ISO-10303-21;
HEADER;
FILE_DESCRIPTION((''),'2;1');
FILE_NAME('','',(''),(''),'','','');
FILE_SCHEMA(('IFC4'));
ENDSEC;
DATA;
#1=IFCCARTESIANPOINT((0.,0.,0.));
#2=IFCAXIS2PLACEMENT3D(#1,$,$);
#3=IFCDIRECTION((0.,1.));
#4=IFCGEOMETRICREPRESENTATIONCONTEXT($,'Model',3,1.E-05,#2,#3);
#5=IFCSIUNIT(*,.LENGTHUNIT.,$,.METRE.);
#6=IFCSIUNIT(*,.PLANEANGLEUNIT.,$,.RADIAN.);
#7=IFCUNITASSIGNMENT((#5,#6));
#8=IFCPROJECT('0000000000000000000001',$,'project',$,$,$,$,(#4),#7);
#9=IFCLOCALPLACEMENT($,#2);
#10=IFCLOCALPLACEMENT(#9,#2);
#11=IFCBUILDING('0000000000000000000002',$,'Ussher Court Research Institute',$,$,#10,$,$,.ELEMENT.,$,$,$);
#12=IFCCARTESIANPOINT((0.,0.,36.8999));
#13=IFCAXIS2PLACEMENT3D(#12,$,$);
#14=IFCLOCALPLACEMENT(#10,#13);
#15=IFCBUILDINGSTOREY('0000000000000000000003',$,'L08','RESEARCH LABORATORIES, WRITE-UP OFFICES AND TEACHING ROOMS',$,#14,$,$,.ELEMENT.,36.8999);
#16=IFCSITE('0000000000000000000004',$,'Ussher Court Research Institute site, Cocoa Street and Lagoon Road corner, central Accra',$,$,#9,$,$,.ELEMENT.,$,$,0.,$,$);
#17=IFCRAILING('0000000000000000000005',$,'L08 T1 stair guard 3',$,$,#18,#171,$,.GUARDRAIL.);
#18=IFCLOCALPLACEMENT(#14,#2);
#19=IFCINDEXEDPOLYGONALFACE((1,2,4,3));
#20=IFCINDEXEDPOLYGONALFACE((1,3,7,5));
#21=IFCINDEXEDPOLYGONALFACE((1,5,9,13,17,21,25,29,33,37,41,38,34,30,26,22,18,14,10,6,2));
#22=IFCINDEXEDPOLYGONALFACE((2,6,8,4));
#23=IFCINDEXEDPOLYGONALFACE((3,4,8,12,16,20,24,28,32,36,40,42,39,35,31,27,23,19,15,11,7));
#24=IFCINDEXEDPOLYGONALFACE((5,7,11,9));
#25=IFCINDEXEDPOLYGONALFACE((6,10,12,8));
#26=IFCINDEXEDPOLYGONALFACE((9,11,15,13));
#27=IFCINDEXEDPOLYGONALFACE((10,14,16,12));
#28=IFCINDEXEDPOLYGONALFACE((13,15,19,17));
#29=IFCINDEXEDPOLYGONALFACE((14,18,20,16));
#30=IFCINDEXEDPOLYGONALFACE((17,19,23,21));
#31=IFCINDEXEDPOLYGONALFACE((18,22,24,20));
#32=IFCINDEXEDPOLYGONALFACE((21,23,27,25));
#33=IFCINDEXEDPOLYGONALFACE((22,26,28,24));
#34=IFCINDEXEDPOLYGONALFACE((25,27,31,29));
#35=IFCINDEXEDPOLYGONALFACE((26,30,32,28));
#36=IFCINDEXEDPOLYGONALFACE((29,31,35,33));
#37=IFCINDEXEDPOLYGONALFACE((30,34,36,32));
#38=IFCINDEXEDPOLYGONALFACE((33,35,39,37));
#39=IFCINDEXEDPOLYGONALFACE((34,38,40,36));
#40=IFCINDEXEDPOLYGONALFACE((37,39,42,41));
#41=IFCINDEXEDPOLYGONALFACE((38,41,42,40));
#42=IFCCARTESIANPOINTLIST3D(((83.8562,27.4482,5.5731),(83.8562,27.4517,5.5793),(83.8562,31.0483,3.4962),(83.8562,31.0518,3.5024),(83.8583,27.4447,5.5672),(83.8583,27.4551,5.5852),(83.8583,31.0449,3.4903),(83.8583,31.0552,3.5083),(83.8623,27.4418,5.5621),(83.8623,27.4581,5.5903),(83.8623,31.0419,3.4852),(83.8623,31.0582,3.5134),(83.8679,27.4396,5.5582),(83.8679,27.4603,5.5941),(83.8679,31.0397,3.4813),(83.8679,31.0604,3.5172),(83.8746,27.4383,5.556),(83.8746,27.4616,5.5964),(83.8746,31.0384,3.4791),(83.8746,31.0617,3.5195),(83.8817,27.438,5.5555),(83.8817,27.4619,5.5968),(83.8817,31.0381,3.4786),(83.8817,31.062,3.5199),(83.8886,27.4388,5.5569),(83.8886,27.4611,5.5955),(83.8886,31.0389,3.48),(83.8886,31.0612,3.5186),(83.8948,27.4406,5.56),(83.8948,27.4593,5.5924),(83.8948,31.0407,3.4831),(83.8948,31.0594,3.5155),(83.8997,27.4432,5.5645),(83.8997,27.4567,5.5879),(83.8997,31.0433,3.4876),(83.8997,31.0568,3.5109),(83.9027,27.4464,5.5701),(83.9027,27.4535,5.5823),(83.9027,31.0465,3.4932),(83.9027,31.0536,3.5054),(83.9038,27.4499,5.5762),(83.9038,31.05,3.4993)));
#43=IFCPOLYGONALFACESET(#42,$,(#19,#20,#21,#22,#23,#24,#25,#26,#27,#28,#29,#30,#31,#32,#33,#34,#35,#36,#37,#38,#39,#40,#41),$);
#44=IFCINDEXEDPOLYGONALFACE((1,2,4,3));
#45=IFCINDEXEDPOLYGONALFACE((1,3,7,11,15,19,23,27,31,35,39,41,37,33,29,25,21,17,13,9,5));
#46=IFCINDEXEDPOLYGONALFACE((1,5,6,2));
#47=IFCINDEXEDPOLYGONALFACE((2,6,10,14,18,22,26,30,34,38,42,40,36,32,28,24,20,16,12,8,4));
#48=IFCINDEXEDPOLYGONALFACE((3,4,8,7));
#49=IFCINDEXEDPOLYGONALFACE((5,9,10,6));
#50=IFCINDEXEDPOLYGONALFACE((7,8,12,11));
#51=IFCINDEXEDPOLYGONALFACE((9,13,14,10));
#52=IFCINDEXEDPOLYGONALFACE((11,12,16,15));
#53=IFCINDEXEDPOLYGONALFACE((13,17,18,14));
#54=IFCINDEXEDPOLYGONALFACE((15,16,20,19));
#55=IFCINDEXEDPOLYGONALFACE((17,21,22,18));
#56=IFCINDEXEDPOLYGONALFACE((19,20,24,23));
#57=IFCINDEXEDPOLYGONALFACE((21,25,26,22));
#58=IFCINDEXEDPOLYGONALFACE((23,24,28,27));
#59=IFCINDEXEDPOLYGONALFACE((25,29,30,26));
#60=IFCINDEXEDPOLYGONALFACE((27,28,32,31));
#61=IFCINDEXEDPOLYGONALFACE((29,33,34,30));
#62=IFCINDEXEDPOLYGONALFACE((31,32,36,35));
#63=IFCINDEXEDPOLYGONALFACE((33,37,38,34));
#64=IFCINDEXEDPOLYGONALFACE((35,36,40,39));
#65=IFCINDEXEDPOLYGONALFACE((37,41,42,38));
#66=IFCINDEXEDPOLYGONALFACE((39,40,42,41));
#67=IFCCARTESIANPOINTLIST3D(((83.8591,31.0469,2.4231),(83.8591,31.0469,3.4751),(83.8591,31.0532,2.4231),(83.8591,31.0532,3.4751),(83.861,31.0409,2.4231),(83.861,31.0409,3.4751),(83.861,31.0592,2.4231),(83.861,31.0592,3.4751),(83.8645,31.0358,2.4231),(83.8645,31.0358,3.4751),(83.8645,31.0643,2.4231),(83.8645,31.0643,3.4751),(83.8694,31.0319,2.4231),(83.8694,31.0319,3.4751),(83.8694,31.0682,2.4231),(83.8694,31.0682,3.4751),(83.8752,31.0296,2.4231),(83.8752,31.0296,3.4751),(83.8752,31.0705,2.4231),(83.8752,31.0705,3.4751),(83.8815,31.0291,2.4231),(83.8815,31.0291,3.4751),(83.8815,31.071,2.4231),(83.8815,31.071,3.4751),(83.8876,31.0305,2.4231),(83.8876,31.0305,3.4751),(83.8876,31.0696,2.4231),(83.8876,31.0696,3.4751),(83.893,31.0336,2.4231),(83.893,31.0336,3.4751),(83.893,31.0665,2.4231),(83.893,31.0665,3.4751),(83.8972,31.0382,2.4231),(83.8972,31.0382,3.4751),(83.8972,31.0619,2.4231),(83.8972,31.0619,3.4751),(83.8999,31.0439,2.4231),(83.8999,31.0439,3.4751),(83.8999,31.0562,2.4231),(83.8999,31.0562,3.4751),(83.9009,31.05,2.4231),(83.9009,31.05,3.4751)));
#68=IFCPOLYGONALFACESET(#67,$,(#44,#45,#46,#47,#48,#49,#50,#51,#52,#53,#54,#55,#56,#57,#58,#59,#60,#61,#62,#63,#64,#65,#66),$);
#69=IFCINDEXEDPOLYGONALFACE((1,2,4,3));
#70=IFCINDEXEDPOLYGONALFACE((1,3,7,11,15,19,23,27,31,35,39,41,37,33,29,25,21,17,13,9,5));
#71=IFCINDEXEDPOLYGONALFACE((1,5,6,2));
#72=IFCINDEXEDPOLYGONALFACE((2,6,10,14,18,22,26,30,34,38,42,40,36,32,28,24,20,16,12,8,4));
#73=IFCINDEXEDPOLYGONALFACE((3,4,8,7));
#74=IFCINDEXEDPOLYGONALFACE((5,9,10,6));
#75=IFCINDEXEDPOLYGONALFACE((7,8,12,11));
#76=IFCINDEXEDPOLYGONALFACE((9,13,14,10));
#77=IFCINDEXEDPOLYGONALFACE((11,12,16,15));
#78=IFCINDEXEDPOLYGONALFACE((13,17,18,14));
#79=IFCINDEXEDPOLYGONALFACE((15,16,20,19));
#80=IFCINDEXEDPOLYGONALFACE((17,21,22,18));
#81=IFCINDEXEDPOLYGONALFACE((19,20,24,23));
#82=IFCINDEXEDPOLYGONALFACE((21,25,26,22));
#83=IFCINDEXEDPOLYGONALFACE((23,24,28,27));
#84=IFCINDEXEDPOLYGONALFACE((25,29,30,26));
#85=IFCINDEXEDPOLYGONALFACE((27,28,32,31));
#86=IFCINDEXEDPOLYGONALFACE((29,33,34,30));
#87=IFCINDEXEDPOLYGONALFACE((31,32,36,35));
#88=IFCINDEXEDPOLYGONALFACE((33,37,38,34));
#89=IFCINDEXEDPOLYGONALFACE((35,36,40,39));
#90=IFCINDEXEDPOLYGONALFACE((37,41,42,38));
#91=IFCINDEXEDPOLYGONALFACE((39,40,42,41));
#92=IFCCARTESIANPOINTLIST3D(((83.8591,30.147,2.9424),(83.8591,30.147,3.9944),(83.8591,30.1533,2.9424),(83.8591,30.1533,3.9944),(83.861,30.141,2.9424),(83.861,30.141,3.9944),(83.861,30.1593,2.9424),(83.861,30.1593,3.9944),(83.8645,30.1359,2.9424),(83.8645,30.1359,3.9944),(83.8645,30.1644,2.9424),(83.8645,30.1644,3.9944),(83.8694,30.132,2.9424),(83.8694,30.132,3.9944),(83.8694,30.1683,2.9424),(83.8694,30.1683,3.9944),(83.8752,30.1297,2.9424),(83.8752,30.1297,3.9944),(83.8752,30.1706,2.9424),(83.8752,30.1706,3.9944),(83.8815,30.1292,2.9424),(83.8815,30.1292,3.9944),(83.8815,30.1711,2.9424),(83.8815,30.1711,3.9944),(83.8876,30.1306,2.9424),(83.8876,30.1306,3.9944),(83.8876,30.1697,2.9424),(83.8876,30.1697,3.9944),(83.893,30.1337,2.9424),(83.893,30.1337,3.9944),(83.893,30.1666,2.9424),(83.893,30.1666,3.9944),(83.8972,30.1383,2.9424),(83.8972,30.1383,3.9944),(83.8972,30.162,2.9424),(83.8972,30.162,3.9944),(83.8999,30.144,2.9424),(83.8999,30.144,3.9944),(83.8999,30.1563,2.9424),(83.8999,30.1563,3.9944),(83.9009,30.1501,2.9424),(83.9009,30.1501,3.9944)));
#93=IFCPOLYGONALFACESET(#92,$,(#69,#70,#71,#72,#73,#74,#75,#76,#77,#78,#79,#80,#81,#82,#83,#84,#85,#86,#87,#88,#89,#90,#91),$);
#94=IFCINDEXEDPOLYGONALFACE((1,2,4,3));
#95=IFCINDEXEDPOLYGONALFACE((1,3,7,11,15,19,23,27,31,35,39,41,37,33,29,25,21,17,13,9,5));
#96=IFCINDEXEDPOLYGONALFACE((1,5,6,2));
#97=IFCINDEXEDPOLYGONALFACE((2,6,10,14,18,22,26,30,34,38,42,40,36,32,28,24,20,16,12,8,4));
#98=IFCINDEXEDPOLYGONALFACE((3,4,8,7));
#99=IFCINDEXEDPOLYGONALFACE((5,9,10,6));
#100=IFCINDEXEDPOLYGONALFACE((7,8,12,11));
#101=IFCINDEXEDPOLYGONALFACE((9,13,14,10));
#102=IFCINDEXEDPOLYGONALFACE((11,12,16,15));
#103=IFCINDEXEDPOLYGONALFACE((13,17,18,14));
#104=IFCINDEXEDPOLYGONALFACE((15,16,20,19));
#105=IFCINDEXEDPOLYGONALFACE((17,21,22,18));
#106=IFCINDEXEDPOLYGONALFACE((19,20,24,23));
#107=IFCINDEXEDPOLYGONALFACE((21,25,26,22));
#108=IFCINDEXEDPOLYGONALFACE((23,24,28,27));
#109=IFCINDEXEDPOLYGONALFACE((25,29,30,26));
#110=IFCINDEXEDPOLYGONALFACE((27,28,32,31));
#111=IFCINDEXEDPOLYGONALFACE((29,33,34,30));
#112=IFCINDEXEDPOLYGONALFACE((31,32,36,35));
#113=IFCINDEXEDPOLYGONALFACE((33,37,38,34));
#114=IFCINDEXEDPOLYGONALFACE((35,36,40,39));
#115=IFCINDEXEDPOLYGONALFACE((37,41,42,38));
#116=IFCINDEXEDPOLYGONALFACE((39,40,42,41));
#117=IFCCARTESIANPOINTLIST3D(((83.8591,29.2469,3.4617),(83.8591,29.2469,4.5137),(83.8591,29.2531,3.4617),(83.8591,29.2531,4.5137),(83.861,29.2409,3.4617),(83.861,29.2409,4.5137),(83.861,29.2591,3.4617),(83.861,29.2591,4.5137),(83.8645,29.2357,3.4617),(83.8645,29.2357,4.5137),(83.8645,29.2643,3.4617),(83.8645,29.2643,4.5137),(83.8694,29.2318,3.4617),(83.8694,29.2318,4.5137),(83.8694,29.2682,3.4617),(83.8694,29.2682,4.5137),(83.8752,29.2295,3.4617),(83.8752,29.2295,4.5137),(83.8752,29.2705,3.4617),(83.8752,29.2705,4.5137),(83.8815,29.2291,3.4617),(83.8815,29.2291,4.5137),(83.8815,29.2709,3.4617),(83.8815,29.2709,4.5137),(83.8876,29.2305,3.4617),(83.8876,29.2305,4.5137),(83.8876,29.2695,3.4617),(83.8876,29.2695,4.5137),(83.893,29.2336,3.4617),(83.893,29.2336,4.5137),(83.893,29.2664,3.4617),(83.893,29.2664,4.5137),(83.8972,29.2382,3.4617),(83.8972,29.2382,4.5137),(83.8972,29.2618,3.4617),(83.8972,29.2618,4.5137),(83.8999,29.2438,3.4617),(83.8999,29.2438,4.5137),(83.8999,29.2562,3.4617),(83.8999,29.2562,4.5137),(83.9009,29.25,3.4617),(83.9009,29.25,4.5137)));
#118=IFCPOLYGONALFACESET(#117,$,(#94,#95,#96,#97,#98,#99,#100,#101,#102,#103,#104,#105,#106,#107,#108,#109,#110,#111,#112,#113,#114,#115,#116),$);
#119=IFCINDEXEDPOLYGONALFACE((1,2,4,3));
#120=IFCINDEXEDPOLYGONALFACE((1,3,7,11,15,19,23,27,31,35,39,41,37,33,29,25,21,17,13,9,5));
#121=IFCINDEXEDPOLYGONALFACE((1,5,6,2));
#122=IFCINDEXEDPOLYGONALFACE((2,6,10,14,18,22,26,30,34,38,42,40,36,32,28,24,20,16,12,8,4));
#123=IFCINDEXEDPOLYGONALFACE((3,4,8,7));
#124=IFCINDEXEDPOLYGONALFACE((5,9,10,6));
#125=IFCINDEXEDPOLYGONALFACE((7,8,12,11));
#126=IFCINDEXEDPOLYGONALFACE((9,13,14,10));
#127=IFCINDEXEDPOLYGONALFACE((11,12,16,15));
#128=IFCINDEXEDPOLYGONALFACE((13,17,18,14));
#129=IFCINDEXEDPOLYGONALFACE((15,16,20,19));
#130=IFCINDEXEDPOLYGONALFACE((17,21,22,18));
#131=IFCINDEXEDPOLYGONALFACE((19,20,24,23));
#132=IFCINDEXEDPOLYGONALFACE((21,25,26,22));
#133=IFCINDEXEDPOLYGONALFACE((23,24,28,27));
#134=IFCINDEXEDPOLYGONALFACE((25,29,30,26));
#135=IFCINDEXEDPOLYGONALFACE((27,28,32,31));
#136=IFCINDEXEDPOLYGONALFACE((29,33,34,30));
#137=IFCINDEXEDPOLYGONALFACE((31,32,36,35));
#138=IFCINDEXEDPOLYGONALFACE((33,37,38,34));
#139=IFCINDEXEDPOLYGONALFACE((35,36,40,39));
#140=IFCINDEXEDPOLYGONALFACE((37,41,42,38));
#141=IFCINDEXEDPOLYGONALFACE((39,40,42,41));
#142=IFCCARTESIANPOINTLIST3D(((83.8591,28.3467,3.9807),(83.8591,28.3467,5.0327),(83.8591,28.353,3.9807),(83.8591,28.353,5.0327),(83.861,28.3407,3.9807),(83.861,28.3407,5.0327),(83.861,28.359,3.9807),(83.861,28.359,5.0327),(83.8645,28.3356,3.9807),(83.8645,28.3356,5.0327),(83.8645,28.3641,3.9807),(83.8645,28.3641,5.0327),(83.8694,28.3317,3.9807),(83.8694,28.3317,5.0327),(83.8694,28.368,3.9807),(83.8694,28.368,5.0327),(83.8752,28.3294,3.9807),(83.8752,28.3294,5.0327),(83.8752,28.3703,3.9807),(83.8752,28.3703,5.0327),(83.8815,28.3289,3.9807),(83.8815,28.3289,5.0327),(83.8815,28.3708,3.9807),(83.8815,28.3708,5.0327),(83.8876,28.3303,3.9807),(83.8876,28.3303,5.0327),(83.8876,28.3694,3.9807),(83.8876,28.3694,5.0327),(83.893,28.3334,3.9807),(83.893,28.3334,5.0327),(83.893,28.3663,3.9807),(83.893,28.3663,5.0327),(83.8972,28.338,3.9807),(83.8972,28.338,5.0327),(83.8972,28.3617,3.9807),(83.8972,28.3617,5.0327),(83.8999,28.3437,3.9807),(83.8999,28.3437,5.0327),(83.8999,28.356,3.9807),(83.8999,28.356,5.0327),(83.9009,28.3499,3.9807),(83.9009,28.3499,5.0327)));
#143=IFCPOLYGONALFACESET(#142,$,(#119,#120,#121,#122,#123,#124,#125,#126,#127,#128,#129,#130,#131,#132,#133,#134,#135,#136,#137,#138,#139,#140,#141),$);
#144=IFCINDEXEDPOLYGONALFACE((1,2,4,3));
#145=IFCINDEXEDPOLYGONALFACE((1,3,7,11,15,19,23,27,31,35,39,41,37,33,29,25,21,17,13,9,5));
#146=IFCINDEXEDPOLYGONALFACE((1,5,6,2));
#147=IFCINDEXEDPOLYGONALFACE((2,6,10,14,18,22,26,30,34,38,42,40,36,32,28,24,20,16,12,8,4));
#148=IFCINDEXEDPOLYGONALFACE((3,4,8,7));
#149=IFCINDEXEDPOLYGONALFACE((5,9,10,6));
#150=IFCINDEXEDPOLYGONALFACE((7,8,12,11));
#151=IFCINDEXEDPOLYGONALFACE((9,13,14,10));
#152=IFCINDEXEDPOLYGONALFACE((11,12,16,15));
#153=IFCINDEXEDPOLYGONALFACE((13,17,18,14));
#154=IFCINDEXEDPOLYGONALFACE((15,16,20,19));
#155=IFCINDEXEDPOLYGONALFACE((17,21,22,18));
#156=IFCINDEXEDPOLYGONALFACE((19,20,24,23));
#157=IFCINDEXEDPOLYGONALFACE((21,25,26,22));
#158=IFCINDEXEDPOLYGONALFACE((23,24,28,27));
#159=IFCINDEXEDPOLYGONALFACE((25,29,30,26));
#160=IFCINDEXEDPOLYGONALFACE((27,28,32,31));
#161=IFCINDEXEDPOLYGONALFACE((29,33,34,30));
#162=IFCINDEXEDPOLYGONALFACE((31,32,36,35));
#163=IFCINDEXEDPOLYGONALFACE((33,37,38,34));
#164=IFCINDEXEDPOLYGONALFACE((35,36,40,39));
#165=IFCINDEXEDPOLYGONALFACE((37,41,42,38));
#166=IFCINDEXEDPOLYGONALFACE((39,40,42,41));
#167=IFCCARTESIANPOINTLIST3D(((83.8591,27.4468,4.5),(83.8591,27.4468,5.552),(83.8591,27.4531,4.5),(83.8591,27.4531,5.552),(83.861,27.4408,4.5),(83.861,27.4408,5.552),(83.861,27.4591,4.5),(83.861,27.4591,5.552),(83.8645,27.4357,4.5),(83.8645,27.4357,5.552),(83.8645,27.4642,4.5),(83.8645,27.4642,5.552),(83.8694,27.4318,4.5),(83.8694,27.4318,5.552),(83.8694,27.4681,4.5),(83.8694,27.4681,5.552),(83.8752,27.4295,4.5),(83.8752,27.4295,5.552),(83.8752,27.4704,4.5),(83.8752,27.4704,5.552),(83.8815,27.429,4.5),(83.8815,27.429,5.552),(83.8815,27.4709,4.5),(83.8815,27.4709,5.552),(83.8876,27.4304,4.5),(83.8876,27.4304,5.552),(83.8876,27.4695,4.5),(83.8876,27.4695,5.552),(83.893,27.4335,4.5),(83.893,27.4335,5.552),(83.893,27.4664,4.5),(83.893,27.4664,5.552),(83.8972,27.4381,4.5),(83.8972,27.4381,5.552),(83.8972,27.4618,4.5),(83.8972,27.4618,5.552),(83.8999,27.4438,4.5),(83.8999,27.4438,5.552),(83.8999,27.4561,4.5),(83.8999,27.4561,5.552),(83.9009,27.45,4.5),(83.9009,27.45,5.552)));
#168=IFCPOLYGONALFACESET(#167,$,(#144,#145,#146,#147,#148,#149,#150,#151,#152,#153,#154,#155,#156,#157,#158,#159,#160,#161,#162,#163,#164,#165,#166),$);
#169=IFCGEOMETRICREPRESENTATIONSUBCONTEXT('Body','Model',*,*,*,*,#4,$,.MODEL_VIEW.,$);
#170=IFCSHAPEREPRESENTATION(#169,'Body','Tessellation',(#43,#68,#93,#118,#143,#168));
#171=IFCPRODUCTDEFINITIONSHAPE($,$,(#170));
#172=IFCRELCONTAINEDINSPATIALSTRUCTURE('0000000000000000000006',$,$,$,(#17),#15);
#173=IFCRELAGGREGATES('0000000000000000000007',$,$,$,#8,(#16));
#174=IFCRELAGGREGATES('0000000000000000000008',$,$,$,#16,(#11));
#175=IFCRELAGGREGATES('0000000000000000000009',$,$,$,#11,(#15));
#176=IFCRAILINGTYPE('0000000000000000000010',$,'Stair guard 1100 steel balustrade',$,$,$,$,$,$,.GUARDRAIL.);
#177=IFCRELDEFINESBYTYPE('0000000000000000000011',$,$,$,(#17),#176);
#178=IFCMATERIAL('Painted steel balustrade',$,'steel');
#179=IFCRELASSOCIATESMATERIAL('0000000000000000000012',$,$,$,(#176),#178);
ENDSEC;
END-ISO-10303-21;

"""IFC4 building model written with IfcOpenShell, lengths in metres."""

from ifc_helpers import new_model, si_unit, direction, frame, origin, origin_2d, place, context, subcontext, project, spatial, circle, extrude, material, type_object, element, save


model = new_model("IFC4")

# Units and contexts
model_context = context("Model", 3, precision=1e-05, world=origin(), true_north=direction((0.0, 1.0)))
body_context = subcontext(model_context, "Body", "Model", "MODEL_VIEW")
ifc_project = project(units=[si_unit("LENGTHUNIT", "METRE"), si_unit("PLANEANGLEUNIT", "RADIAN")], contexts=[model_context])

# Site, building, storey
site_placement = place(None, origin())
site = spatial("IfcSite", under=ifc_project, at=site_placement, Name="Ussher Court Research Institute site, Cocoa Street and Lagoon Road corner, central Accra", CompositionType="ELEMENT", RefElevation=0.0)
building_placement = place(site_placement, origin())
building = spatial("IfcBuilding", under=site, at=building_placement, Name="Ussher Court Research Institute", CompositionType="ELEMENT")
storey_placement = place(building_placement, frame((0.0, 0.0, 36.8999)))
storey = spatial("IfcBuildingStorey", under=building, at=storey_placement, Name="L08", Description="RESEARCH LABORATORIES, WRITE-UP OFFICES AND TEACHING ROOMS", CompositionType="ELEMENT", Elevation=36.8999)

# Railing
ifc_material_1 = material(Name="Painted steel balustrade", Category="steel")
railing_type_1 = type_object("IfcRailingType", Name="Stair guard 1100 steel balustrade", PredefinedType="GUARDRAIL", material=ifc_material_1)
railing_1_placement = place(storey_placement, frame((83.8799, 31.05, 2.4231)))
element("IfcRailing", 1, at=railing_1_placement, inside=storey, type_object=railing_type_1, Name="L08 T1 stair guard 3", PredefinedType="GUARDRAIL", context=body_context, shape_type="SweptSolid", body=[
    extrude(circle(Radius=0.0239, at=origin_2d()), frame((0.0, 0.0, 1.0762), z_axis=(0.0, -0.866193, 0.499709), x_axis=(1.0, 0.0, 0.0)), (0.0, 0.0, 1.0), 4.1562),
    extrude(circle(Radius=0.021, at=origin_2d()), origin(), (0.0, 0.0, 1.0), 1.052),
    extrude(circle(Radius=0.021, at=origin_2d()), frame((0.0, -0.8999, 0.5193)), (0.0, 0.0, 1.0), 1.052),
    extrude(circle(Radius=0.021, at=origin_2d()), frame((0.0, -1.8, 1.0386)), (0.0, 0.0, 1.0), 1.052),
    extrude(circle(Radius=0.021, at=origin_2d()), frame((0.0, -2.7002, 1.5576)), (0.0, 0.0, 1.0), 1.052),
    extrude(circle(Radius=0.021, at=origin_2d()), frame((0.0, -3.6001, 2.0769)), (0.0, 0.0, 1.0), 1.052),
])

save(model, "model.ifc")
